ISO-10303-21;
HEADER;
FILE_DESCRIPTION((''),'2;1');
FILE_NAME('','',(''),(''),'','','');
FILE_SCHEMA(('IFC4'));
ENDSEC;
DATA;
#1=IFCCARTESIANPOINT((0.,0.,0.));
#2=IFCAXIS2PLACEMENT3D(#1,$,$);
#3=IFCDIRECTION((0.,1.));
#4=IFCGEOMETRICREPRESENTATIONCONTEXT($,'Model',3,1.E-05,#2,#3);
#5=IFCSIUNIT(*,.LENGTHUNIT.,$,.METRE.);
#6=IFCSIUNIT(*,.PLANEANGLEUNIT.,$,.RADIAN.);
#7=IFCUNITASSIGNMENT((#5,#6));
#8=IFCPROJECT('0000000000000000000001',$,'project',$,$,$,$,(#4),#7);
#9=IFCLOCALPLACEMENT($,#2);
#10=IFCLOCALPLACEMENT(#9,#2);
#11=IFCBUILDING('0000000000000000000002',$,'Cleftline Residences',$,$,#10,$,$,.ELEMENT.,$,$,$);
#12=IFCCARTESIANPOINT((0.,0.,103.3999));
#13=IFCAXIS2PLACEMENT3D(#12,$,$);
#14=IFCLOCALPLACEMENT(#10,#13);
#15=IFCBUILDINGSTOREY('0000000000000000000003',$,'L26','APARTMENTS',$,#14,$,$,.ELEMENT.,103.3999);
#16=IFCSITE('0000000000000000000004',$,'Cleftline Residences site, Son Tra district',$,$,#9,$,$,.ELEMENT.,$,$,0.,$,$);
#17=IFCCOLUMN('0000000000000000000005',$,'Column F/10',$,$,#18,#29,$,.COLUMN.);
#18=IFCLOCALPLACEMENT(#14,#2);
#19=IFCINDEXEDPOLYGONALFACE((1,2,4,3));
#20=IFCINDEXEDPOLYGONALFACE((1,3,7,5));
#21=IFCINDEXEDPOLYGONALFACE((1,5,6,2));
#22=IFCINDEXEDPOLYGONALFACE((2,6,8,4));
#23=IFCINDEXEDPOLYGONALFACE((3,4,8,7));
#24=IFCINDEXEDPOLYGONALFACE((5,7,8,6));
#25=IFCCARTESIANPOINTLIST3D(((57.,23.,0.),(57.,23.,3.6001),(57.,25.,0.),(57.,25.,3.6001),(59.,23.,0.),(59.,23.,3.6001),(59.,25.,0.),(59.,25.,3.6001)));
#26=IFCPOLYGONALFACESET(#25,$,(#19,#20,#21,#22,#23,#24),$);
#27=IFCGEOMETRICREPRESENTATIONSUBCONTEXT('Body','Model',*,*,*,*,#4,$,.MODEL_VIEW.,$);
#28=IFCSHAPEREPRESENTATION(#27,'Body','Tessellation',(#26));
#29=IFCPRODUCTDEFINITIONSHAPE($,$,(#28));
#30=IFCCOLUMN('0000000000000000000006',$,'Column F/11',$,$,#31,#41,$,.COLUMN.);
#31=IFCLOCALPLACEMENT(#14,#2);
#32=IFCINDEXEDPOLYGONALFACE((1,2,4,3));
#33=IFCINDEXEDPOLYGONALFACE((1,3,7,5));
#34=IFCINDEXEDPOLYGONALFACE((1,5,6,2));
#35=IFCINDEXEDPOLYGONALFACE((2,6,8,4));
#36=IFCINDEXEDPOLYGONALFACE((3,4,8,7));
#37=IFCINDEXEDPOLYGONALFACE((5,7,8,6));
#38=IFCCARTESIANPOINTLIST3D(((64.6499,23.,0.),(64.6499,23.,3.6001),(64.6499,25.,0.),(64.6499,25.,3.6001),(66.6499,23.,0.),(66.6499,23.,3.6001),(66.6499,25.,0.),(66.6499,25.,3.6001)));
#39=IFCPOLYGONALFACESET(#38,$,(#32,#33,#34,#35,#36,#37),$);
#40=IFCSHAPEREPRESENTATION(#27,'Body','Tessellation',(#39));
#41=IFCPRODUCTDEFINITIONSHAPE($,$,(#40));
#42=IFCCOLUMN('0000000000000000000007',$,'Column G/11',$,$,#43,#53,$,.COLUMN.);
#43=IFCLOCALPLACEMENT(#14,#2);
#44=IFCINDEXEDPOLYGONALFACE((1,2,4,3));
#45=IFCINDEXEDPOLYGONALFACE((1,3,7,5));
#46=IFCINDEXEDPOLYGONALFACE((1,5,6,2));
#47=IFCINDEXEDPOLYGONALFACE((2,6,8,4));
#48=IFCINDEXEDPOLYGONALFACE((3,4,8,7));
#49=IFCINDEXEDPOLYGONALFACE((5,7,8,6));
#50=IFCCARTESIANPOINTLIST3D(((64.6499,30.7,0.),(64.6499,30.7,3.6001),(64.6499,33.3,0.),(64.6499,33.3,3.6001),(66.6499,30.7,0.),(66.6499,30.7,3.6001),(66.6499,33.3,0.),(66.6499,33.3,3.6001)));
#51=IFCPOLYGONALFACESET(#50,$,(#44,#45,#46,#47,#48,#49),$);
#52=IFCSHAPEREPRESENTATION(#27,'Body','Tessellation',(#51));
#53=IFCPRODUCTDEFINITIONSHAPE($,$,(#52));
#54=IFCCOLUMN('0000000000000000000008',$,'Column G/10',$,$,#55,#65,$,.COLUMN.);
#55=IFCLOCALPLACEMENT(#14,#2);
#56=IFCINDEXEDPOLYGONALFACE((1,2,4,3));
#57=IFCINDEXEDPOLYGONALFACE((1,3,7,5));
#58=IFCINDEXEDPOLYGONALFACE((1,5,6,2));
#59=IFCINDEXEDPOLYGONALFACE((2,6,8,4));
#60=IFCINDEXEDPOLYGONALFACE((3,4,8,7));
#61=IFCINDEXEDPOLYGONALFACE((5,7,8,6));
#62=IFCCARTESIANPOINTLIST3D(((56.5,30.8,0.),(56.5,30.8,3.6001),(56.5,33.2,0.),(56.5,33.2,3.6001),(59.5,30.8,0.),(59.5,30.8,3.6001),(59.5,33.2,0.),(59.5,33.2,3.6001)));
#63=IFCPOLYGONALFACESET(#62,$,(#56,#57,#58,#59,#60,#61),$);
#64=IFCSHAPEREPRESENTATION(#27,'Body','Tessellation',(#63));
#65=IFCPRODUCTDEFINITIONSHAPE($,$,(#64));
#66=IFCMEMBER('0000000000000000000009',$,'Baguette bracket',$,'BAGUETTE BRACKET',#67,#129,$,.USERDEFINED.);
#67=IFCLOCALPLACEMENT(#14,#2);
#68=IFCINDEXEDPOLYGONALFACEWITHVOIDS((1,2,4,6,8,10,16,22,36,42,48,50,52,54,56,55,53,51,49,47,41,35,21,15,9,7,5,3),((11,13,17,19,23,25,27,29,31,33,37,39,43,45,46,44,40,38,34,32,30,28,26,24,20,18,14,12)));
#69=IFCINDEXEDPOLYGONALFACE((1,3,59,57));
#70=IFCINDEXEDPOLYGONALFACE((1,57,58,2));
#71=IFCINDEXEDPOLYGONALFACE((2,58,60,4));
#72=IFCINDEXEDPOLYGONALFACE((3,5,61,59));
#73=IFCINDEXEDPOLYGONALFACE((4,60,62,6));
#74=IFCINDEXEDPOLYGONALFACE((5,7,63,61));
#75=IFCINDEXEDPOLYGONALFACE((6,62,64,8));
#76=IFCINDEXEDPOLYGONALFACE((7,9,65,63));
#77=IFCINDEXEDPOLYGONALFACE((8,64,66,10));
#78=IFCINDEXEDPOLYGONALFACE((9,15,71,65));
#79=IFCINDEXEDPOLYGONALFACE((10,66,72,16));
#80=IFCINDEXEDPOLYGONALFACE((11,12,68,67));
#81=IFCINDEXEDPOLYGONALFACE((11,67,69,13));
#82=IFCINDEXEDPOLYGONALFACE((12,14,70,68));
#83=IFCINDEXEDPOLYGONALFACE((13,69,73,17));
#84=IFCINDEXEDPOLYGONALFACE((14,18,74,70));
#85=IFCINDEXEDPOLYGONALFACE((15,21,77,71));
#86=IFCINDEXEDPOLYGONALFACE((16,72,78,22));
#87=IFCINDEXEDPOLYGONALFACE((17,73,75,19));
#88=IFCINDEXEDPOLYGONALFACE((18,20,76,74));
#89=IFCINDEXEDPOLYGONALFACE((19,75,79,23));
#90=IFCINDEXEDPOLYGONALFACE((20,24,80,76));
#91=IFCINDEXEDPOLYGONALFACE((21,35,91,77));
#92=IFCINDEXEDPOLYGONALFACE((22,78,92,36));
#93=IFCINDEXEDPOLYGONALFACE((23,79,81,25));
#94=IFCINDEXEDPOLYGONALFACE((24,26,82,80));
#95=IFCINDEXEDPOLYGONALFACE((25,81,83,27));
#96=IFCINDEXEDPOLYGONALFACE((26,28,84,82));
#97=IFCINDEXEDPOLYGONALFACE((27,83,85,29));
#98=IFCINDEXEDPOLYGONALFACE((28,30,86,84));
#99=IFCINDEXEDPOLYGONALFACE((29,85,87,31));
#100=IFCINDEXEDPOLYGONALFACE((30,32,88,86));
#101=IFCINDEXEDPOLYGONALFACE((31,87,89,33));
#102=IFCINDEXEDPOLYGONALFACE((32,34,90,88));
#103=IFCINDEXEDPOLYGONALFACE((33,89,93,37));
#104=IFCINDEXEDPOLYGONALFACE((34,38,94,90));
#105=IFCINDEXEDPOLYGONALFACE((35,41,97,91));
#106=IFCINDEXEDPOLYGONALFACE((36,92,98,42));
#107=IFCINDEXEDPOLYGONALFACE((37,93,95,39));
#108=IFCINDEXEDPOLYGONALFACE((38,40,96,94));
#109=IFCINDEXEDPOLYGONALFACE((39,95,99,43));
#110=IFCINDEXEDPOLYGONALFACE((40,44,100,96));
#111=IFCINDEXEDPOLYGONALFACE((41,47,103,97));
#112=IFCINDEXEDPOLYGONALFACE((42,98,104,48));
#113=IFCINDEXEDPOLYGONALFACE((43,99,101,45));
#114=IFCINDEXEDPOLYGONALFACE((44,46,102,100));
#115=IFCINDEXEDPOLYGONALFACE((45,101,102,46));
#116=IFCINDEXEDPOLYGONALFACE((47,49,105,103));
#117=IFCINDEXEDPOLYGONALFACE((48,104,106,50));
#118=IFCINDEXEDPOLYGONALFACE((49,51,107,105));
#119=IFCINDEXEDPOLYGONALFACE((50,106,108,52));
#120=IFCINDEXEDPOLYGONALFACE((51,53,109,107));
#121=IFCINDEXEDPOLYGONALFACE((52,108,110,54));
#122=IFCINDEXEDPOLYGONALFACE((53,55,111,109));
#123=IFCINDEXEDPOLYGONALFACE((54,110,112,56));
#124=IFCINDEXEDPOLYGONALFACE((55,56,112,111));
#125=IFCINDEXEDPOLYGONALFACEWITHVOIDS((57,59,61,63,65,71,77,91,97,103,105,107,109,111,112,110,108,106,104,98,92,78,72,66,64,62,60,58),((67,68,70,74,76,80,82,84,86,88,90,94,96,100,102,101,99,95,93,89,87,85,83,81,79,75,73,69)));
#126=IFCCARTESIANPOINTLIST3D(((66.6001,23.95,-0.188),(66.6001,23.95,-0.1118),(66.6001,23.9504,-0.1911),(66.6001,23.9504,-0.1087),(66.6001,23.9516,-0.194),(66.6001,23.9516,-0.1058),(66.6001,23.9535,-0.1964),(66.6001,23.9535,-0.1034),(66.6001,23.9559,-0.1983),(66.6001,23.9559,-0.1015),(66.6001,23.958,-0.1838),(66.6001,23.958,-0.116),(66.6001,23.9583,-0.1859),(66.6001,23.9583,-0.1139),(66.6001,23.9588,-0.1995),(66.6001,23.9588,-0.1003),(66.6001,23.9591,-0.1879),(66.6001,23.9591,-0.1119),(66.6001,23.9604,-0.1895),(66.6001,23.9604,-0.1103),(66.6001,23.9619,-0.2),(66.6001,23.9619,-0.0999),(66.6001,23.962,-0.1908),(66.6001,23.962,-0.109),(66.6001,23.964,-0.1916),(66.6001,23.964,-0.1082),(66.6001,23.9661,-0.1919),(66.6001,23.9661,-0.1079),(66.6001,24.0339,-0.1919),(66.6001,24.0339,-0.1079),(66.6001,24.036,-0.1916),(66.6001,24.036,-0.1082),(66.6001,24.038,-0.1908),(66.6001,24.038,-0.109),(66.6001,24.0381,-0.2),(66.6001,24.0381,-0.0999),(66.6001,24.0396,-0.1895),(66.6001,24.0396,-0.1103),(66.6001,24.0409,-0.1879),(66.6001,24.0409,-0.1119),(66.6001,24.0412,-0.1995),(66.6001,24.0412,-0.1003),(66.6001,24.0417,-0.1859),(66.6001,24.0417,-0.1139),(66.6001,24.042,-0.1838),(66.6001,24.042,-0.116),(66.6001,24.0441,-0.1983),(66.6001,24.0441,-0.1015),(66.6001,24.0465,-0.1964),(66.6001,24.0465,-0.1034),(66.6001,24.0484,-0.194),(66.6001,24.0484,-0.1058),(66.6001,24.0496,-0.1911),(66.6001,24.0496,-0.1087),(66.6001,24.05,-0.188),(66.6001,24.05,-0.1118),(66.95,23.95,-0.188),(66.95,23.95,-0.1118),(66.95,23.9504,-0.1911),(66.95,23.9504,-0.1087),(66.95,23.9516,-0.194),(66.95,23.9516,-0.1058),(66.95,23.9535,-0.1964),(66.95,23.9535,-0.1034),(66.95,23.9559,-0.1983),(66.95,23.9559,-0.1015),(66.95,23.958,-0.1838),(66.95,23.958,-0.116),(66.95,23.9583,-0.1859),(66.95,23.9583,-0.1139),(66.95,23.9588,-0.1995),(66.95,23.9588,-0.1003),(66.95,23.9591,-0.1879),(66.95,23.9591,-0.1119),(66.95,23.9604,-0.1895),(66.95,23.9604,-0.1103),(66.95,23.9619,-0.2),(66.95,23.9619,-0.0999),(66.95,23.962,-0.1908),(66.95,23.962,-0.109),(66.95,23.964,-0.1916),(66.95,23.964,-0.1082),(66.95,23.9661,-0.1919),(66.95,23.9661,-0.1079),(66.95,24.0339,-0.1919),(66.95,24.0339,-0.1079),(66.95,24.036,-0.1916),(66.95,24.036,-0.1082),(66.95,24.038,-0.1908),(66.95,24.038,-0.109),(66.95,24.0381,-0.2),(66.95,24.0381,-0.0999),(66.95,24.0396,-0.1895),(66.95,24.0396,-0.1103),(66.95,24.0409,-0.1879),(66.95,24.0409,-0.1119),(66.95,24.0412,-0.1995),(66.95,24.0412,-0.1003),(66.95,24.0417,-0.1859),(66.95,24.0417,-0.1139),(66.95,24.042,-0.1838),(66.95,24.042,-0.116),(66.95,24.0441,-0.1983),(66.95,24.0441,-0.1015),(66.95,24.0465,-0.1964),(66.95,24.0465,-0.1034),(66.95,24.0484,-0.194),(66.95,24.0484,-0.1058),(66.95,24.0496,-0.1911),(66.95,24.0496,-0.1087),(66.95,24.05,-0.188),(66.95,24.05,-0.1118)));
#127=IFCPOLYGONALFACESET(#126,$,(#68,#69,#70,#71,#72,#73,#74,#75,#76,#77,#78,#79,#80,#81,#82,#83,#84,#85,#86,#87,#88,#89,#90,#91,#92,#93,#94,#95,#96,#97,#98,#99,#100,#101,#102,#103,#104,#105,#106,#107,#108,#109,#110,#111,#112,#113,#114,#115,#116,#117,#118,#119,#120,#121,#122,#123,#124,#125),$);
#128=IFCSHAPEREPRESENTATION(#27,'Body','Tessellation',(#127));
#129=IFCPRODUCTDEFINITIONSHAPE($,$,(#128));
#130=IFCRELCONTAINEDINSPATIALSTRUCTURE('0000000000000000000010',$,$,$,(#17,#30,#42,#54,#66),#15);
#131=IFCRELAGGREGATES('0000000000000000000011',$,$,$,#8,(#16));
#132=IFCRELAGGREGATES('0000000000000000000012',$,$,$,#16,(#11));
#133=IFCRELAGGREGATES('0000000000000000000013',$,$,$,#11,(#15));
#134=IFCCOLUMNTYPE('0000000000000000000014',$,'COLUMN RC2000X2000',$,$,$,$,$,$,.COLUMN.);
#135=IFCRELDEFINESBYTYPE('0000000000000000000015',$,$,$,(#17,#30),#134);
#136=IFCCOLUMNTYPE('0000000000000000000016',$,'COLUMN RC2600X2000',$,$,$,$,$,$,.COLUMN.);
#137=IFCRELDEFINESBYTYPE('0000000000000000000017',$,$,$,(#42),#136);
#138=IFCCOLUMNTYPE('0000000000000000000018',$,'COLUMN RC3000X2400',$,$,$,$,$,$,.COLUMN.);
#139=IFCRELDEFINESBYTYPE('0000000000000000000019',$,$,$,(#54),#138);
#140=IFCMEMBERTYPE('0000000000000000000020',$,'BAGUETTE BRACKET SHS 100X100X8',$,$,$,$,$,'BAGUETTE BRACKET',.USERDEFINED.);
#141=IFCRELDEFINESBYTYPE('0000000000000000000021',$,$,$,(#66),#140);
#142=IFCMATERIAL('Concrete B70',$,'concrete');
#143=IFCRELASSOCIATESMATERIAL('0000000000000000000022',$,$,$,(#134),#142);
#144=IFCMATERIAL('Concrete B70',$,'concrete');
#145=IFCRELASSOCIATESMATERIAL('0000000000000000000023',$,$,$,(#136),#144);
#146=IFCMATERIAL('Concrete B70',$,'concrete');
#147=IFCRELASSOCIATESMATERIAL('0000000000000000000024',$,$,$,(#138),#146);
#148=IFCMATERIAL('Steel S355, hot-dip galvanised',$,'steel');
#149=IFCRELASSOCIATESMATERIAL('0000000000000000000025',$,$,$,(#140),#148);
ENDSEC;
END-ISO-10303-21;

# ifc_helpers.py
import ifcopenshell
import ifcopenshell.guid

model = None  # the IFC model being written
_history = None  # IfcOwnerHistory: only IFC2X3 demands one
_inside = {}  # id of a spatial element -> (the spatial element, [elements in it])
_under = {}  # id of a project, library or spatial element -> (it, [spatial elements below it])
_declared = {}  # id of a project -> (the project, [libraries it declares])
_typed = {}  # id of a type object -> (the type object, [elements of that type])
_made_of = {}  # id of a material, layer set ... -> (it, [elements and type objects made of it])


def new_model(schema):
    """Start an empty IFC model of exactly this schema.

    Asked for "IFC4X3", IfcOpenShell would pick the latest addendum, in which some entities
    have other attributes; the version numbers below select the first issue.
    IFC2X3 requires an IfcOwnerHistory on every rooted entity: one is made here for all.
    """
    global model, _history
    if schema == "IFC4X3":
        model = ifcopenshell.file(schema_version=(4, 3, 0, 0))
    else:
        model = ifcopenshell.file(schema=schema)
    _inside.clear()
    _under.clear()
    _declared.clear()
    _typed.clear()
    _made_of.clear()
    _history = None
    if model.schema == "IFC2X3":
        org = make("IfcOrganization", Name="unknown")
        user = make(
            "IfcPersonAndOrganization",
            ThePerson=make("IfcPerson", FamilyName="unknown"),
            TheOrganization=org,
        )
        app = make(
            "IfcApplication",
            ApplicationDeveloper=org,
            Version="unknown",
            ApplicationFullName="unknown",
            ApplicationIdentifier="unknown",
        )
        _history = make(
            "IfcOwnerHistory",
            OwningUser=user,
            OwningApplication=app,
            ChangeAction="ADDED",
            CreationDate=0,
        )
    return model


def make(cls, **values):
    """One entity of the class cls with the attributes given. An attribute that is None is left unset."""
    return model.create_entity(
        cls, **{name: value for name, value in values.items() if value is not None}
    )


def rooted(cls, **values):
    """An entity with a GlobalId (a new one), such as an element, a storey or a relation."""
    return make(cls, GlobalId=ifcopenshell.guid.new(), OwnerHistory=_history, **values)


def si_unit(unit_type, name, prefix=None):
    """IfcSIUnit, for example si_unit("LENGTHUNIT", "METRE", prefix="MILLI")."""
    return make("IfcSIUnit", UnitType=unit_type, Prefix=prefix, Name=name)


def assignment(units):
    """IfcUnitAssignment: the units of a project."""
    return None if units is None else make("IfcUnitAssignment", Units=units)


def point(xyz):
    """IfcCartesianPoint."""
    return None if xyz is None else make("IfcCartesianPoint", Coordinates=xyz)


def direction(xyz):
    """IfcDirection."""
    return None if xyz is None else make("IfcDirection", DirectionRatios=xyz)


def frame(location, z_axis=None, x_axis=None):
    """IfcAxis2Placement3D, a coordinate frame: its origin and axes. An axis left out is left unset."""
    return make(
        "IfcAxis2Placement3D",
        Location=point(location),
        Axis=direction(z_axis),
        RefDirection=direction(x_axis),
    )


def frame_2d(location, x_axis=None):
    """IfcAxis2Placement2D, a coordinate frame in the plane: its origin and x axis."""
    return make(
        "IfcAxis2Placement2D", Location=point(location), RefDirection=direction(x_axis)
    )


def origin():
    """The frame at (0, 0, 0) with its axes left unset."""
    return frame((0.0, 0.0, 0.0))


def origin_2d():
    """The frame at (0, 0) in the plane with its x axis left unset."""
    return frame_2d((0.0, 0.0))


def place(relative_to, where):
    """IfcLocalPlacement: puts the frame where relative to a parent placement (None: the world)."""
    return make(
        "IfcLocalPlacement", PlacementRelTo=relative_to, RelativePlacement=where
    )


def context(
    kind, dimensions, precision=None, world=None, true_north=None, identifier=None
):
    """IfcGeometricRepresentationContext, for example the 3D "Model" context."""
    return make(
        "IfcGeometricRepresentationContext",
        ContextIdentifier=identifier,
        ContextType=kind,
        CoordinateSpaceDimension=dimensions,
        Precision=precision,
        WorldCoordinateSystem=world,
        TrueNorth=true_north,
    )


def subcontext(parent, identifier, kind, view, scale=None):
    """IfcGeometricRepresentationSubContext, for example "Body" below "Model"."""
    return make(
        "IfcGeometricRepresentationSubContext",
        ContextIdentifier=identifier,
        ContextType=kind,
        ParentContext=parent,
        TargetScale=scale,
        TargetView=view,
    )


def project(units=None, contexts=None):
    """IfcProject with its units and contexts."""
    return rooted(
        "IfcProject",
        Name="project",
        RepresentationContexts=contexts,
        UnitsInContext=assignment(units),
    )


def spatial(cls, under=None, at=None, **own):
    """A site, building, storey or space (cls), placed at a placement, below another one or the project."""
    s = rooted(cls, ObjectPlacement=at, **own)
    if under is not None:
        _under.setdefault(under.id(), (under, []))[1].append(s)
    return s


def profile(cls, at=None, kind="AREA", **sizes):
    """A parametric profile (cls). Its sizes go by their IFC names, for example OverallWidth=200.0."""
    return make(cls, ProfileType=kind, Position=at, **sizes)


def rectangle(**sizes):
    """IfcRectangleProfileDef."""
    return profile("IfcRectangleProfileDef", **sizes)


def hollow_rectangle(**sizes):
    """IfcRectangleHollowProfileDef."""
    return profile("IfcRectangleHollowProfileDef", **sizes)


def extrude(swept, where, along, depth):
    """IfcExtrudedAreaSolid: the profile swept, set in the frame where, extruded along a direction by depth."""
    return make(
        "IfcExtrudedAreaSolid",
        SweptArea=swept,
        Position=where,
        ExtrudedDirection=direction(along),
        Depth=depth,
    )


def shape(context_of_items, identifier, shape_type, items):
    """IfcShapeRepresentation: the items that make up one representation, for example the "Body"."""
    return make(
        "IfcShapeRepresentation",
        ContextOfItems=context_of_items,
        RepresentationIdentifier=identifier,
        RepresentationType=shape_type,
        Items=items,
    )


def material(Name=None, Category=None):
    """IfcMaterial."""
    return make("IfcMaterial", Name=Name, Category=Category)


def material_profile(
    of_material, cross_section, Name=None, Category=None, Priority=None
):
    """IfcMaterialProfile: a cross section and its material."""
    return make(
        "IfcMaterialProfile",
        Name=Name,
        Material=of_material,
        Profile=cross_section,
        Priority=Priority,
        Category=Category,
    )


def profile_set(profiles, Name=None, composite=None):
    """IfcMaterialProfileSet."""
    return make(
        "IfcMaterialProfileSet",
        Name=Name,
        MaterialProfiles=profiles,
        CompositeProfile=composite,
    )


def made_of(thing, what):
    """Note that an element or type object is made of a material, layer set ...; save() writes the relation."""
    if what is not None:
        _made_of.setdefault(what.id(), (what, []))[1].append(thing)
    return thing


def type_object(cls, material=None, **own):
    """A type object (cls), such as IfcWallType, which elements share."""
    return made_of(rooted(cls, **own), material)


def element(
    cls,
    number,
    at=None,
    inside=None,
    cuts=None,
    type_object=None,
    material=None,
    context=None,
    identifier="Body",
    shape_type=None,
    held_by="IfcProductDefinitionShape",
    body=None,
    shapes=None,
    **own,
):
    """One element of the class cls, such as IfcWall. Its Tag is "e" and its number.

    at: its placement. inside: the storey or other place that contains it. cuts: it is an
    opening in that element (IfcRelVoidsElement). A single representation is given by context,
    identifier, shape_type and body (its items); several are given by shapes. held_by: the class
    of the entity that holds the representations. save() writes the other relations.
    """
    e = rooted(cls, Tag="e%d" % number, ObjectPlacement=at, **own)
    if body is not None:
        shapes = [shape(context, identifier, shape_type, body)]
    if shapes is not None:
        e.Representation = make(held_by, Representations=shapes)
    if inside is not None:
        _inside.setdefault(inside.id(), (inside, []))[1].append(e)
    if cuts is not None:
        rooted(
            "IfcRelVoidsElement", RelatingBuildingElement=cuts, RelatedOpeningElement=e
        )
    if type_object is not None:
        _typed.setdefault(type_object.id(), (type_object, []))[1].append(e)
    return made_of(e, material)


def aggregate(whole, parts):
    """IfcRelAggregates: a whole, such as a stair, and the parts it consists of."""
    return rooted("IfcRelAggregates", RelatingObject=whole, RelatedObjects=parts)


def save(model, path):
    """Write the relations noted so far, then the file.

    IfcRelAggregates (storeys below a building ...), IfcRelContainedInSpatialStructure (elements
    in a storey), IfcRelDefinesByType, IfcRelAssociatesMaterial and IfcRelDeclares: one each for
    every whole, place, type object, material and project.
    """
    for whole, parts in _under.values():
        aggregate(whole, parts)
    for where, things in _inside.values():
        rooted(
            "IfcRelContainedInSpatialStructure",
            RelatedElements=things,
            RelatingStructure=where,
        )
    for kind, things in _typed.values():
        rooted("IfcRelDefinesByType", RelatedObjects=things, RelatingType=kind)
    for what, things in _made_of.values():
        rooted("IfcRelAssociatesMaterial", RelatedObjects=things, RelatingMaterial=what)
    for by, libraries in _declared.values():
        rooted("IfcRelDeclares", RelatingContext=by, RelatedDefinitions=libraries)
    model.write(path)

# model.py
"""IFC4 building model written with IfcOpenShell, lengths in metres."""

from ifc_helpers import new_model, si_unit, direction, frame, origin, origin_2d, place, context, subcontext, project, spatial, rectangle, hollow_rectangle, extrude, material, material_profile, profile_set, type_object, element, save


model = new_model("IFC4")

# Units and contexts
model_context = context("Model", 3, precision=1e-05, world=origin(), true_north=direction((0.0, 1.0)))
body_context = subcontext(model_context, "Body", "Model", "MODEL_VIEW")
ifc_project = project(units=[si_unit("LENGTHUNIT", "METRE"), si_unit("PLANEANGLEUNIT", "RADIAN")], contexts=[model_context])

# Site, building, storey
site_placement = place(None, origin())
site = spatial("IfcSite", under=ifc_project, at=site_placement, Name="Cleftline Residences site, Son Tra district", CompositionType="ELEMENT", RefElevation=0.0)
building_placement = place(site_placement, origin())
building = spatial("IfcBuilding", under=site, at=building_placement, Name="Cleftline Residences", CompositionType="ELEMENT")
storey_placement = place(building_placement, frame((0.0, 0.0, 103.3999)))
storey = spatial("IfcBuildingStorey", under=building, at=storey_placement, Name="L26", Description="APARTMENTS", CompositionType="ELEMENT", Elevation=103.3999)

# Columns
ifc_material_1 = material(Name="Concrete B70", Category="concrete")
ifc_material_profile_1 = material_profile(ifc_material_1, rectangle(XDim=2.0, YDim=2.0, at=origin_2d()))
ifc_profile_set_1 = profile_set([ifc_material_profile_1], Name="Concrete B70")
column_type_1 = type_object("IfcColumnType", Name="COLUMN RC2000X2000", PredefinedType="COLUMN", material=ifc_profile_set_1)
for number, where, z_axis, x_axis, name in (
    (1, (58.0, 24.0, 0.0), (0.0, 0.0, 1.0), (1.0, 0.0, 0.0), "Column F/10"),
    (2, (65.6499, 24.0, 0.0), (0.0, 0.0, 1.0), (1.0, 0.0, 0.0), "Column F/11"),
):
    element("IfcColumn", number, at=place(storey_placement, frame(where, z_axis=z_axis, x_axis=x_axis)), inside=storey, type_object=column_type_1, Name=name, PredefinedType="COLUMN", context=body_context, shape_type="SweptSolid", body=[
        extrude(rectangle(XDim=2.0, YDim=2.0, at=origin_2d()), origin(), (0.0, 0.0, 1.0), 3.6001),
    ])
ifc_material_2 = material(Name="Concrete B70", Category="concrete")
ifc_material_profile_2 = material_profile(ifc_material_2, rectangle(XDim=2.6001, YDim=2.0, at=origin_2d()))
ifc_profile_set_2 = profile_set([ifc_material_profile_2], Name="Concrete B70")
column_type_2 = type_object("IfcColumnType", Name="COLUMN RC2600X2000", PredefinedType="COLUMN", material=ifc_profile_set_2)
column_1_placement = place(storey_placement, frame((65.6499, 32.0, 0.0), z_axis=(0.0, 0.0, 1.0), x_axis=(0.0, 1.0, 0.0)))
element("IfcColumn", 3, at=column_1_placement, inside=storey, type_object=column_type_2, Name="Column G/11", PredefinedType="COLUMN", context=body_context, shape_type="SweptSolid", body=[
    extrude(rectangle(XDim=2.6001, YDim=2.0, at=origin_2d()), origin(), (0.0, 0.0, 1.0), 3.6001),
])
ifc_material_3 = material(Name="Concrete B70", Category="concrete")
ifc_material_profile_3 = material_profile(ifc_material_3, rectangle(XDim=3.0, YDim=2.3999, at=origin_2d()))
ifc_profile_set_3 = profile_set([ifc_material_profile_3], Name="Concrete B70")
column_type_3 = type_object("IfcColumnType", Name="COLUMN RC3000X2400", PredefinedType="COLUMN", material=ifc_profile_set_3)
column_2_placement = place(storey_placement, frame((58.0, 32.0, 0.0), z_axis=(0.0, 0.0, 1.0), x_axis=(1.0, 0.0, 0.0)))
element("IfcColumn", 4, at=column_2_placement, inside=storey, type_object=column_type_3, Name="Column G/10", PredefinedType="COLUMN", context=body_context, shape_type="SweptSolid", body=[
    extrude(rectangle(XDim=3.0, YDim=2.3999, at=origin_2d()), origin(), (0.0, 0.0, 1.0), 3.6001),
])

# Member
ifc_material_4 = material(Name="Steel S355, hot-dip galvanised", Category="steel")
ifc_material_profile_4 = material_profile(ifc_material_4, hollow_rectangle(XDim=0.1001, YDim=0.1001, WallThickness=0.0081, InnerFilletRadius=0.0081, OuterFilletRadius=0.012, at=origin_2d()))
ifc_profile_set_4 = profile_set([ifc_material_profile_4], Name="Steel S355, hot-dip galvanised")
member_type_1 = type_object("IfcMemberType", Name="BAGUETTE BRACKET SHS 100X100X8", ElementType="BAGUETTE BRACKET", PredefinedType="USERDEFINED", material=ifc_profile_set_4)
member_1_placement = place(storey_placement, frame((66.6001, 24.0, -0.1499), z_axis=(1.0, 0.0, 0.0), x_axis=(0.0, 1.0, 0.0)))
element("IfcMember", 5, at=member_1_placement, inside=storey, type_object=member_type_1, Name="Baguette bracket", ObjectType="BAGUETTE BRACKET", PredefinedType="USERDEFINED", context=body_context, shape_type="SweptSolid", body=[
    extrude(hollow_rectangle(XDim=0.1001, YDim=0.1001, WallThickness=0.0081, InnerFilletRadius=0.0081, OuterFilletRadius=0.012, at=origin_2d()), origin(), (0.0, 0.0, 1.0), 0.3499),
])

save(model, "model.ifc")
